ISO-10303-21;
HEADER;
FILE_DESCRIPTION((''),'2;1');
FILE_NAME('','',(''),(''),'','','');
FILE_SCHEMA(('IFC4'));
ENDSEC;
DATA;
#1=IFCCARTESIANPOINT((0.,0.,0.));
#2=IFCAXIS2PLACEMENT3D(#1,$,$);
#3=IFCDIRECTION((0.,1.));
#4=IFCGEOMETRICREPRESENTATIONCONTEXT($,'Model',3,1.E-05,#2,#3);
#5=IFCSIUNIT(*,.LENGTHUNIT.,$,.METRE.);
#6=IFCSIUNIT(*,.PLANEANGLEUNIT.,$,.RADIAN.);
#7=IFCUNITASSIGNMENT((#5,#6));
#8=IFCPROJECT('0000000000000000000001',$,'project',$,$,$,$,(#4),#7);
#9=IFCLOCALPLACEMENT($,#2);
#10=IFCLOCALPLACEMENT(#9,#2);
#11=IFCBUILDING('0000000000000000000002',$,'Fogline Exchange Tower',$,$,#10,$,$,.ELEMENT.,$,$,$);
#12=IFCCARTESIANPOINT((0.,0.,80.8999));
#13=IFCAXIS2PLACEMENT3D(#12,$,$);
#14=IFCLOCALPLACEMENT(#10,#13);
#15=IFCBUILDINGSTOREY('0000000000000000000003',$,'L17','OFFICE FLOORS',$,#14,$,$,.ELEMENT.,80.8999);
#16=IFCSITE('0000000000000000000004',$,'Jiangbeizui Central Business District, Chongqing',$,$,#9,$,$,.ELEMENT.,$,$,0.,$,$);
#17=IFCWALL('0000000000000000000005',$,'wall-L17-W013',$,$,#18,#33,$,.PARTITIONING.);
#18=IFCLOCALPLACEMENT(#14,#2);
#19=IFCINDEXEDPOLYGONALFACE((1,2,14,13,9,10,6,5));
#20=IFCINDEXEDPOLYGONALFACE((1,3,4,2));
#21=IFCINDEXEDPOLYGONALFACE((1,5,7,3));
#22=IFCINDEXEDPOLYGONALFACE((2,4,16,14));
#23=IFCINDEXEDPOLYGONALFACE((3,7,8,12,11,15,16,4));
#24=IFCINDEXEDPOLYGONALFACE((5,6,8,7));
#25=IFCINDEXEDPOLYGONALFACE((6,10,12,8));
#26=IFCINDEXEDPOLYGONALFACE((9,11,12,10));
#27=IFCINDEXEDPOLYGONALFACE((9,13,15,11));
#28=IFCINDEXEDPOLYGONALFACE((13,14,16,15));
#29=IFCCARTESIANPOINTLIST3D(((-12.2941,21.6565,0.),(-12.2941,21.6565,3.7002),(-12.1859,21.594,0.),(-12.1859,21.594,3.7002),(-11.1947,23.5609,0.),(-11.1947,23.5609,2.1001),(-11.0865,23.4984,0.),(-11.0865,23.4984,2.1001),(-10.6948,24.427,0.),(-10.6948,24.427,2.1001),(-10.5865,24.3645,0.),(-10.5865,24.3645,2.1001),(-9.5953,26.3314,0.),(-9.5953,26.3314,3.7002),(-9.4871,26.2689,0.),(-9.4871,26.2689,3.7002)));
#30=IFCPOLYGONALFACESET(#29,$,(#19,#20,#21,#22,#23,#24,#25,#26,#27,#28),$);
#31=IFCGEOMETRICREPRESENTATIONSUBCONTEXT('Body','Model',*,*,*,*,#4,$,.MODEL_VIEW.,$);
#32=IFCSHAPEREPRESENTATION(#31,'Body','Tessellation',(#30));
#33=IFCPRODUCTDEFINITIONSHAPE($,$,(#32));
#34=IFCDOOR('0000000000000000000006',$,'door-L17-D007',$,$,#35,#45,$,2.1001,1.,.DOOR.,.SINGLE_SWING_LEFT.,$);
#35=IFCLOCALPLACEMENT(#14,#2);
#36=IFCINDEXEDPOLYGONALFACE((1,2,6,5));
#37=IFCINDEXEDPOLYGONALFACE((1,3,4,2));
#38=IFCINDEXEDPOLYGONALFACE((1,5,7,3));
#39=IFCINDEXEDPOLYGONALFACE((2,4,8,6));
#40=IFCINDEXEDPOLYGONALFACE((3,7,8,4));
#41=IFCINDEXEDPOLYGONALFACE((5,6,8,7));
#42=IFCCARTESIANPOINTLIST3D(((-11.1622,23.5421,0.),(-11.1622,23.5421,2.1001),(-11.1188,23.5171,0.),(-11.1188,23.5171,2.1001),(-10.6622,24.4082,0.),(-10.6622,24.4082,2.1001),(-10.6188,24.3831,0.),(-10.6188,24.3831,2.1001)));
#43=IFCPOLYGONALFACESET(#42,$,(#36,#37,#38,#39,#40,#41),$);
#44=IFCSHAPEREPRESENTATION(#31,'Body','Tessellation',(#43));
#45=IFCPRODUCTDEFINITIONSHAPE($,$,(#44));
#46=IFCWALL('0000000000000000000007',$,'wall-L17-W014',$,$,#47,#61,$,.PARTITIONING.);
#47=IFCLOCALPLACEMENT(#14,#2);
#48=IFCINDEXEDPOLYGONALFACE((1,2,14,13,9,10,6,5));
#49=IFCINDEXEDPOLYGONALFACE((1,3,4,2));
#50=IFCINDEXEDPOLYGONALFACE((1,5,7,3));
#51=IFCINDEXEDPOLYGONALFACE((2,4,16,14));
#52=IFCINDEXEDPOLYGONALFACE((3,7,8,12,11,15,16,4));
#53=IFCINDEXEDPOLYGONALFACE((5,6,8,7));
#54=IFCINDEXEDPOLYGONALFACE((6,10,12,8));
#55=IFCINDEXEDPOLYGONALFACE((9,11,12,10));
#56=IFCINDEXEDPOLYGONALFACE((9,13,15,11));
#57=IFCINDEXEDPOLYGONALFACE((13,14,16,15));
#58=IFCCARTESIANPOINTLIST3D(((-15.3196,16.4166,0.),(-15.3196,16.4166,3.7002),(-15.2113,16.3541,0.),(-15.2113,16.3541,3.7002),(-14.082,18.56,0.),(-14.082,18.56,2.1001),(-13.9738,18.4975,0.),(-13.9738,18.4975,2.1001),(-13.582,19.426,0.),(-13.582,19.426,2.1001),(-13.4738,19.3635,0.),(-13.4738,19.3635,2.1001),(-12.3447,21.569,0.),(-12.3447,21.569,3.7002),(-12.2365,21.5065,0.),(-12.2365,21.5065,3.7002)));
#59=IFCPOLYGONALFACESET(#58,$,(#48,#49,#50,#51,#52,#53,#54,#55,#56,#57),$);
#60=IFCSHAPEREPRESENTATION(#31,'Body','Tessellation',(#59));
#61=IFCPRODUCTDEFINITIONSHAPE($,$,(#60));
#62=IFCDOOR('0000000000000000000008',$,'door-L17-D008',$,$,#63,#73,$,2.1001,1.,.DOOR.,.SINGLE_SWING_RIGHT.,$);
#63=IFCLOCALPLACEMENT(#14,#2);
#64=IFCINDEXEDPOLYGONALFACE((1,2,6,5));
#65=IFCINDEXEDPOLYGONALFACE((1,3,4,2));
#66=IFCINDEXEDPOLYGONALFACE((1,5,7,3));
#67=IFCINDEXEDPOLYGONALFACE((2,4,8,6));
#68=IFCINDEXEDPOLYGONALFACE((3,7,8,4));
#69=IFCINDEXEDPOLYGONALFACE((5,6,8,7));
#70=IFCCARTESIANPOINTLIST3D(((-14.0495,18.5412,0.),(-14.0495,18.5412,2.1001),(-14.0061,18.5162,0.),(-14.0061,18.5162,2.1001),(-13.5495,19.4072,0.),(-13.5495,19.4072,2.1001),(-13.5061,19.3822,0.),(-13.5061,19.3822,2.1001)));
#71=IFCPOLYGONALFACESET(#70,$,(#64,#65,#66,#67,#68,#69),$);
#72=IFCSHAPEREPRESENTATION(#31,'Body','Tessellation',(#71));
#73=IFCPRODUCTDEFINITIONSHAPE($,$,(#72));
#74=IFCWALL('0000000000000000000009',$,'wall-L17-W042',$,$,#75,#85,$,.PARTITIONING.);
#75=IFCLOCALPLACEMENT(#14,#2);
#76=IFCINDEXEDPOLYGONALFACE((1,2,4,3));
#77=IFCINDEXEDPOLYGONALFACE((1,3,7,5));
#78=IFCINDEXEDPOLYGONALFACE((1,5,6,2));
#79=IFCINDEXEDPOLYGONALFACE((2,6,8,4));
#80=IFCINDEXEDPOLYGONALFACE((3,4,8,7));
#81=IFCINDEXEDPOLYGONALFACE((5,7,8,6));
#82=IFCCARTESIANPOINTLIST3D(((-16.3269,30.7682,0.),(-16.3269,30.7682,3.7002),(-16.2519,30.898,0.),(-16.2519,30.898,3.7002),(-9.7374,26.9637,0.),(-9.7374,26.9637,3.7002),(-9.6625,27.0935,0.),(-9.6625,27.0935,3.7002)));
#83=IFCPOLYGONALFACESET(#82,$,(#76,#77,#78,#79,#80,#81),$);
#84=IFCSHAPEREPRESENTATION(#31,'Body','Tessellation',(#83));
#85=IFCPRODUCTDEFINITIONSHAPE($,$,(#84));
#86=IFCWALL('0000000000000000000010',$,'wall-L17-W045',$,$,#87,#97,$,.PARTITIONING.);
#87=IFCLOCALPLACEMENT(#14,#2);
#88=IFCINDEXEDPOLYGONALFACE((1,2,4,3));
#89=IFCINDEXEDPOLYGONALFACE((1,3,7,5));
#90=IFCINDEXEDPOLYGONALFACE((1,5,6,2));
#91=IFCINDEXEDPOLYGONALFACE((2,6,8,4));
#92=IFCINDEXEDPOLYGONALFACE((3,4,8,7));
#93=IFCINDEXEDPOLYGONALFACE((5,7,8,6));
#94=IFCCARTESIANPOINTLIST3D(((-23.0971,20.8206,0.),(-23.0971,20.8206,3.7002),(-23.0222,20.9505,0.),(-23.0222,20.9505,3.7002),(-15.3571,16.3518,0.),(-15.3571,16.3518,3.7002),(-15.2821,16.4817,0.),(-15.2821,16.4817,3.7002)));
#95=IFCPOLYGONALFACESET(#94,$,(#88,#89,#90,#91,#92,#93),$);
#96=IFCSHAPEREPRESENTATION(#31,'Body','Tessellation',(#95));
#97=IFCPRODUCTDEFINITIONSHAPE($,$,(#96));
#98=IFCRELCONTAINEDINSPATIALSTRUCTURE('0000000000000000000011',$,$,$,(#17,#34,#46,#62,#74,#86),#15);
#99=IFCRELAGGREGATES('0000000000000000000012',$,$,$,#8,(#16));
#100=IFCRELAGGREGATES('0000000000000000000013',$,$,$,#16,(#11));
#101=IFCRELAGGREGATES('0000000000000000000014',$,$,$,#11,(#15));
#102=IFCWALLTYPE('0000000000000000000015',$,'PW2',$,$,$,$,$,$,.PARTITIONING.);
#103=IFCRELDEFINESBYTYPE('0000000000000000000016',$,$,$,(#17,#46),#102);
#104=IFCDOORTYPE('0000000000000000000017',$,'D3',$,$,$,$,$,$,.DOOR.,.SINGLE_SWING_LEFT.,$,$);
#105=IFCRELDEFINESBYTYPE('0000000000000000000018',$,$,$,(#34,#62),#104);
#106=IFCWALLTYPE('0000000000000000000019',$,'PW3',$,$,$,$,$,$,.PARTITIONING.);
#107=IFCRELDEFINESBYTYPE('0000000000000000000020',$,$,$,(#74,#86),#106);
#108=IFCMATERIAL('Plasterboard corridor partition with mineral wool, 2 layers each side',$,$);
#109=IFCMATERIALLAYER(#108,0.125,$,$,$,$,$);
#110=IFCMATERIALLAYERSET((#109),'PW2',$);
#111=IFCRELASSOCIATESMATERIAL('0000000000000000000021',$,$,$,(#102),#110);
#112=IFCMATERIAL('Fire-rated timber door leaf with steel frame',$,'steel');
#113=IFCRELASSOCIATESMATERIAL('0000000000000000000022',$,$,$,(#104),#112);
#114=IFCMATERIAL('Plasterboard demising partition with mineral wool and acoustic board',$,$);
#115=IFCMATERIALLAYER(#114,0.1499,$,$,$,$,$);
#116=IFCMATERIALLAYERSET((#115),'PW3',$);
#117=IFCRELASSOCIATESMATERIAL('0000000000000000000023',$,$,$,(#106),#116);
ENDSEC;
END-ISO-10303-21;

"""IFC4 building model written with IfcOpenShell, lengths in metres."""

from ifc_helpers import new_model, si_unit, direction, frame, frame_2d, origin, place, context, subcontext, project, spatial, rectangle, extrude, material, layer, layer_set, type_object, element, fill, save


model = new_model("IFC4")

# Units and contexts
model_context = context("Model", 3, precision=1e-05, world=origin(), true_north=direction((0.0, 1.0)))
body_context = subcontext(model_context, "Body", "Model", "MODEL_VIEW")
ifc_project = project(units=[si_unit("LENGTHUNIT", "METRE"), si_unit("PLANEANGLEUNIT", "RADIAN")], contexts=[model_context])

# Site, building, storey
site_placement = place(None, origin())
site = spatial("IfcSite", under=ifc_project, at=site_placement, Name="Jiangbeizui Central Business District, Chongqing", CompositionType="ELEMENT", RefElevation=0.0)
building_placement = place(site_placement, origin())
building = spatial("IfcBuilding", under=site, at=building_placement, Name="Fogline Exchange Tower", CompositionType="ELEMENT")
storey_placement = place(building_placement, frame((0.0, 0.0, 80.8999)))
storey = spatial("IfcBuildingStorey", under=building, at=storey_placement, Name="L17", Description="OFFICE FLOORS", CompositionType="ELEMENT", Elevation=80.8999)

# Walls, openings, doors
ifc_material_1 = material(Name="Plasterboard corridor partition with mineral wool, 2 layers each side")
ifc_layer_1 = layer(ifc_material_1, 0.125)
ifc_layer_set_1 = layer_set([ifc_layer_1], Name="PW2")
wall_type_1 = type_object("IfcWallType", Name="PW2", PredefinedType="PARTITIONING", material=ifc_layer_set_1)
wall_1_placement = place(storey_placement, frame((-12.24, 21.6252, 0.0), z_axis=(0.0, 0.0, 1.0), x_axis=(0.499963, 0.866047, 0.0)))
wall_1 = element("IfcWall", 1, at=wall_1_placement, inside=storey, type_object=wall_type_1, Name="wall-L17-W013", PredefinedType="PARTITIONING", context=body_context, shape_type="SweptSolid", body=[
    extrude(rectangle(XDim=5.3979, YDim=0.125, at=frame_2d((2.699, 0.0))), origin(), (0.0, 0.0, 1.0), 3.7002),
])
opening_1_placement = place(wall_1_placement, frame((2.199, 0.0, 0.0)))
opening_1 = element("IfcOpeningElement", 2, at=opening_1_placement, cuts=wall_1, PredefinedType="OPENING", context=body_context, shape_type="SweptSolid", body=[
    extrude(rectangle(XDim=1.0, YDim=2.1001, at=frame_2d((0.5, 1.05))), frame((0.0, 0.0725, 0.0), z_axis=(0.0, -1.0, 0.0), x_axis=(1.0, 0.0, 0.0)), (0.0, 0.0, 1.0), 0.145),
])
ifc_material_2 = material(Name="Fire-rated timber door leaf with steel frame", Category="steel")
door_type_1 = type_object("IfcDoorType", Name="D3", OperationType="SINGLE_SWING_LEFT", PredefinedType="DOOR", material=ifc_material_2)
door_1_placement = place(opening_1_placement, origin())
door_1 = element("IfcDoor", 3, at=door_1_placement, inside=storey, type_object=door_type_1, Name="door-L17-D007", OperationType="SINGLE_SWING_LEFT", OverallHeight=2.1001, OverallWidth=1.0, PredefinedType="DOOR", context=body_context, shape_type="SweptSolid", body=[
    extrude(rectangle(XDim=1.0, YDim=2.1001, at=frame_2d((0.5, 1.05))), frame((0.0, 0.0249, 0.0), z_axis=(0.0, -1.0, 0.0), x_axis=(1.0, 0.0, 0.0)), (0.0, 0.0, 1.0), 0.05),
])
fill(opening_1, door_1)
wall_2_placement = place(storey_placement, frame((-15.2654, 16.3855, 0.0), z_axis=(0.0, 0.0, 1.0), x_axis=(0.500018, 0.866015, 0.0)))
wall_2 = element("IfcWall", 4, at=wall_2_placement, inside=storey, type_object=wall_type_1, Name="wall-L17-W014", PredefinedType="PARTITIONING", context=body_context, shape_type="SweptSolid", body=[
    extrude(rectangle(XDim=5.9495, YDim=0.125, at=frame_2d((2.9746, 0.0))), origin(), (0.0, 0.0, 1.0), 3.7002),
])
opening_2_placement = place(wall_2_placement, frame((2.4749, 0.0, 0.0)))
opening_2 = element("IfcOpeningElement", 5, at=opening_2_placement, cuts=wall_2, PredefinedType="OPENING", context=body_context, shape_type="SweptSolid", body=[
    extrude(rectangle(XDim=1.0, YDim=2.1001, at=frame_2d((0.5, 1.05))), frame((0.0, 0.0725, 0.0), z_axis=(0.0, -1.0, 0.0), x_axis=(1.0, 0.0, 0.0)), (0.0, 0.0, 1.0), 0.145),
])
door_2_placement = place(opening_2_placement, origin())
door_2 = element("IfcDoor", 6, at=door_2_placement, inside=storey, type_object=door_type_1, Name="door-L17-D008", OperationType="SINGLE_SWING_RIGHT", OverallHeight=2.1001, OverallWidth=1.0, PredefinedType="DOOR", context=body_context, shape_type="SweptSolid", body=[
    extrude(rectangle(XDim=1.0, YDim=2.1001, at=frame_2d((0.5, 1.05))), frame((0.0, 0.0249, 0.0), z_axis=(0.0, -1.0, 0.0), x_axis=(1.0, 0.0, 0.0)), (0.0, 0.0, 1.0), 0.05),
])
fill(opening_2, door_2)

# Walls
ifc_material_3 = material(Name="Plasterboard demising partition with mineral wool and acoustic board")
ifc_layer_2 = layer(ifc_material_3, 0.1499)
ifc_layer_set_2 = layer_set([ifc_layer_2], Name="PW3")
wall_type_2 = type_object("IfcWallType", Name="PW3", PredefinedType="PARTITIONING", material=ifc_layer_set_2)
wall_3_placement = place(storey_placement, frame((-9.7, 27.0286, 0.0), z_axis=(0.0, 0.0, 1.0), x_axis=(-0.866021, 0.500008, 0.0)))
element("IfcWall", 7, at=wall_3_placement, inside=storey, type_object=wall_type_2, Name="wall-L17-W042", PredefinedType="PARTITIONING", context=body_context, shape_type="SweptSolid", body=[
    extrude(rectangle(XDim=7.6089, YDim=0.1499, at=frame_2d((3.8044, 0.0))), origin(), (0.0, 0.0, 1.0), 3.7002),
])
wall_4_placement = place(storey_placement, frame((-15.3196, 16.4167, 0.0), z_axis=(0.0, 0.0, 1.0), x_axis=(-0.866022, 0.500005, 0.0)))
element("IfcWall", 8, at=wall_4_placement, inside=storey, type_object=wall_type_2, Name="wall-L17-W045", PredefinedType="PARTITIONING", context=body_context, shape_type="SweptSolid", body=[
    extrude(rectangle(XDim=8.9375, YDim=0.1499, at=frame_2d((4.4688, 0.0))), origin(), (0.0, 0.0, 1.0), 3.7002),
])

save(model, "model.ifc")
